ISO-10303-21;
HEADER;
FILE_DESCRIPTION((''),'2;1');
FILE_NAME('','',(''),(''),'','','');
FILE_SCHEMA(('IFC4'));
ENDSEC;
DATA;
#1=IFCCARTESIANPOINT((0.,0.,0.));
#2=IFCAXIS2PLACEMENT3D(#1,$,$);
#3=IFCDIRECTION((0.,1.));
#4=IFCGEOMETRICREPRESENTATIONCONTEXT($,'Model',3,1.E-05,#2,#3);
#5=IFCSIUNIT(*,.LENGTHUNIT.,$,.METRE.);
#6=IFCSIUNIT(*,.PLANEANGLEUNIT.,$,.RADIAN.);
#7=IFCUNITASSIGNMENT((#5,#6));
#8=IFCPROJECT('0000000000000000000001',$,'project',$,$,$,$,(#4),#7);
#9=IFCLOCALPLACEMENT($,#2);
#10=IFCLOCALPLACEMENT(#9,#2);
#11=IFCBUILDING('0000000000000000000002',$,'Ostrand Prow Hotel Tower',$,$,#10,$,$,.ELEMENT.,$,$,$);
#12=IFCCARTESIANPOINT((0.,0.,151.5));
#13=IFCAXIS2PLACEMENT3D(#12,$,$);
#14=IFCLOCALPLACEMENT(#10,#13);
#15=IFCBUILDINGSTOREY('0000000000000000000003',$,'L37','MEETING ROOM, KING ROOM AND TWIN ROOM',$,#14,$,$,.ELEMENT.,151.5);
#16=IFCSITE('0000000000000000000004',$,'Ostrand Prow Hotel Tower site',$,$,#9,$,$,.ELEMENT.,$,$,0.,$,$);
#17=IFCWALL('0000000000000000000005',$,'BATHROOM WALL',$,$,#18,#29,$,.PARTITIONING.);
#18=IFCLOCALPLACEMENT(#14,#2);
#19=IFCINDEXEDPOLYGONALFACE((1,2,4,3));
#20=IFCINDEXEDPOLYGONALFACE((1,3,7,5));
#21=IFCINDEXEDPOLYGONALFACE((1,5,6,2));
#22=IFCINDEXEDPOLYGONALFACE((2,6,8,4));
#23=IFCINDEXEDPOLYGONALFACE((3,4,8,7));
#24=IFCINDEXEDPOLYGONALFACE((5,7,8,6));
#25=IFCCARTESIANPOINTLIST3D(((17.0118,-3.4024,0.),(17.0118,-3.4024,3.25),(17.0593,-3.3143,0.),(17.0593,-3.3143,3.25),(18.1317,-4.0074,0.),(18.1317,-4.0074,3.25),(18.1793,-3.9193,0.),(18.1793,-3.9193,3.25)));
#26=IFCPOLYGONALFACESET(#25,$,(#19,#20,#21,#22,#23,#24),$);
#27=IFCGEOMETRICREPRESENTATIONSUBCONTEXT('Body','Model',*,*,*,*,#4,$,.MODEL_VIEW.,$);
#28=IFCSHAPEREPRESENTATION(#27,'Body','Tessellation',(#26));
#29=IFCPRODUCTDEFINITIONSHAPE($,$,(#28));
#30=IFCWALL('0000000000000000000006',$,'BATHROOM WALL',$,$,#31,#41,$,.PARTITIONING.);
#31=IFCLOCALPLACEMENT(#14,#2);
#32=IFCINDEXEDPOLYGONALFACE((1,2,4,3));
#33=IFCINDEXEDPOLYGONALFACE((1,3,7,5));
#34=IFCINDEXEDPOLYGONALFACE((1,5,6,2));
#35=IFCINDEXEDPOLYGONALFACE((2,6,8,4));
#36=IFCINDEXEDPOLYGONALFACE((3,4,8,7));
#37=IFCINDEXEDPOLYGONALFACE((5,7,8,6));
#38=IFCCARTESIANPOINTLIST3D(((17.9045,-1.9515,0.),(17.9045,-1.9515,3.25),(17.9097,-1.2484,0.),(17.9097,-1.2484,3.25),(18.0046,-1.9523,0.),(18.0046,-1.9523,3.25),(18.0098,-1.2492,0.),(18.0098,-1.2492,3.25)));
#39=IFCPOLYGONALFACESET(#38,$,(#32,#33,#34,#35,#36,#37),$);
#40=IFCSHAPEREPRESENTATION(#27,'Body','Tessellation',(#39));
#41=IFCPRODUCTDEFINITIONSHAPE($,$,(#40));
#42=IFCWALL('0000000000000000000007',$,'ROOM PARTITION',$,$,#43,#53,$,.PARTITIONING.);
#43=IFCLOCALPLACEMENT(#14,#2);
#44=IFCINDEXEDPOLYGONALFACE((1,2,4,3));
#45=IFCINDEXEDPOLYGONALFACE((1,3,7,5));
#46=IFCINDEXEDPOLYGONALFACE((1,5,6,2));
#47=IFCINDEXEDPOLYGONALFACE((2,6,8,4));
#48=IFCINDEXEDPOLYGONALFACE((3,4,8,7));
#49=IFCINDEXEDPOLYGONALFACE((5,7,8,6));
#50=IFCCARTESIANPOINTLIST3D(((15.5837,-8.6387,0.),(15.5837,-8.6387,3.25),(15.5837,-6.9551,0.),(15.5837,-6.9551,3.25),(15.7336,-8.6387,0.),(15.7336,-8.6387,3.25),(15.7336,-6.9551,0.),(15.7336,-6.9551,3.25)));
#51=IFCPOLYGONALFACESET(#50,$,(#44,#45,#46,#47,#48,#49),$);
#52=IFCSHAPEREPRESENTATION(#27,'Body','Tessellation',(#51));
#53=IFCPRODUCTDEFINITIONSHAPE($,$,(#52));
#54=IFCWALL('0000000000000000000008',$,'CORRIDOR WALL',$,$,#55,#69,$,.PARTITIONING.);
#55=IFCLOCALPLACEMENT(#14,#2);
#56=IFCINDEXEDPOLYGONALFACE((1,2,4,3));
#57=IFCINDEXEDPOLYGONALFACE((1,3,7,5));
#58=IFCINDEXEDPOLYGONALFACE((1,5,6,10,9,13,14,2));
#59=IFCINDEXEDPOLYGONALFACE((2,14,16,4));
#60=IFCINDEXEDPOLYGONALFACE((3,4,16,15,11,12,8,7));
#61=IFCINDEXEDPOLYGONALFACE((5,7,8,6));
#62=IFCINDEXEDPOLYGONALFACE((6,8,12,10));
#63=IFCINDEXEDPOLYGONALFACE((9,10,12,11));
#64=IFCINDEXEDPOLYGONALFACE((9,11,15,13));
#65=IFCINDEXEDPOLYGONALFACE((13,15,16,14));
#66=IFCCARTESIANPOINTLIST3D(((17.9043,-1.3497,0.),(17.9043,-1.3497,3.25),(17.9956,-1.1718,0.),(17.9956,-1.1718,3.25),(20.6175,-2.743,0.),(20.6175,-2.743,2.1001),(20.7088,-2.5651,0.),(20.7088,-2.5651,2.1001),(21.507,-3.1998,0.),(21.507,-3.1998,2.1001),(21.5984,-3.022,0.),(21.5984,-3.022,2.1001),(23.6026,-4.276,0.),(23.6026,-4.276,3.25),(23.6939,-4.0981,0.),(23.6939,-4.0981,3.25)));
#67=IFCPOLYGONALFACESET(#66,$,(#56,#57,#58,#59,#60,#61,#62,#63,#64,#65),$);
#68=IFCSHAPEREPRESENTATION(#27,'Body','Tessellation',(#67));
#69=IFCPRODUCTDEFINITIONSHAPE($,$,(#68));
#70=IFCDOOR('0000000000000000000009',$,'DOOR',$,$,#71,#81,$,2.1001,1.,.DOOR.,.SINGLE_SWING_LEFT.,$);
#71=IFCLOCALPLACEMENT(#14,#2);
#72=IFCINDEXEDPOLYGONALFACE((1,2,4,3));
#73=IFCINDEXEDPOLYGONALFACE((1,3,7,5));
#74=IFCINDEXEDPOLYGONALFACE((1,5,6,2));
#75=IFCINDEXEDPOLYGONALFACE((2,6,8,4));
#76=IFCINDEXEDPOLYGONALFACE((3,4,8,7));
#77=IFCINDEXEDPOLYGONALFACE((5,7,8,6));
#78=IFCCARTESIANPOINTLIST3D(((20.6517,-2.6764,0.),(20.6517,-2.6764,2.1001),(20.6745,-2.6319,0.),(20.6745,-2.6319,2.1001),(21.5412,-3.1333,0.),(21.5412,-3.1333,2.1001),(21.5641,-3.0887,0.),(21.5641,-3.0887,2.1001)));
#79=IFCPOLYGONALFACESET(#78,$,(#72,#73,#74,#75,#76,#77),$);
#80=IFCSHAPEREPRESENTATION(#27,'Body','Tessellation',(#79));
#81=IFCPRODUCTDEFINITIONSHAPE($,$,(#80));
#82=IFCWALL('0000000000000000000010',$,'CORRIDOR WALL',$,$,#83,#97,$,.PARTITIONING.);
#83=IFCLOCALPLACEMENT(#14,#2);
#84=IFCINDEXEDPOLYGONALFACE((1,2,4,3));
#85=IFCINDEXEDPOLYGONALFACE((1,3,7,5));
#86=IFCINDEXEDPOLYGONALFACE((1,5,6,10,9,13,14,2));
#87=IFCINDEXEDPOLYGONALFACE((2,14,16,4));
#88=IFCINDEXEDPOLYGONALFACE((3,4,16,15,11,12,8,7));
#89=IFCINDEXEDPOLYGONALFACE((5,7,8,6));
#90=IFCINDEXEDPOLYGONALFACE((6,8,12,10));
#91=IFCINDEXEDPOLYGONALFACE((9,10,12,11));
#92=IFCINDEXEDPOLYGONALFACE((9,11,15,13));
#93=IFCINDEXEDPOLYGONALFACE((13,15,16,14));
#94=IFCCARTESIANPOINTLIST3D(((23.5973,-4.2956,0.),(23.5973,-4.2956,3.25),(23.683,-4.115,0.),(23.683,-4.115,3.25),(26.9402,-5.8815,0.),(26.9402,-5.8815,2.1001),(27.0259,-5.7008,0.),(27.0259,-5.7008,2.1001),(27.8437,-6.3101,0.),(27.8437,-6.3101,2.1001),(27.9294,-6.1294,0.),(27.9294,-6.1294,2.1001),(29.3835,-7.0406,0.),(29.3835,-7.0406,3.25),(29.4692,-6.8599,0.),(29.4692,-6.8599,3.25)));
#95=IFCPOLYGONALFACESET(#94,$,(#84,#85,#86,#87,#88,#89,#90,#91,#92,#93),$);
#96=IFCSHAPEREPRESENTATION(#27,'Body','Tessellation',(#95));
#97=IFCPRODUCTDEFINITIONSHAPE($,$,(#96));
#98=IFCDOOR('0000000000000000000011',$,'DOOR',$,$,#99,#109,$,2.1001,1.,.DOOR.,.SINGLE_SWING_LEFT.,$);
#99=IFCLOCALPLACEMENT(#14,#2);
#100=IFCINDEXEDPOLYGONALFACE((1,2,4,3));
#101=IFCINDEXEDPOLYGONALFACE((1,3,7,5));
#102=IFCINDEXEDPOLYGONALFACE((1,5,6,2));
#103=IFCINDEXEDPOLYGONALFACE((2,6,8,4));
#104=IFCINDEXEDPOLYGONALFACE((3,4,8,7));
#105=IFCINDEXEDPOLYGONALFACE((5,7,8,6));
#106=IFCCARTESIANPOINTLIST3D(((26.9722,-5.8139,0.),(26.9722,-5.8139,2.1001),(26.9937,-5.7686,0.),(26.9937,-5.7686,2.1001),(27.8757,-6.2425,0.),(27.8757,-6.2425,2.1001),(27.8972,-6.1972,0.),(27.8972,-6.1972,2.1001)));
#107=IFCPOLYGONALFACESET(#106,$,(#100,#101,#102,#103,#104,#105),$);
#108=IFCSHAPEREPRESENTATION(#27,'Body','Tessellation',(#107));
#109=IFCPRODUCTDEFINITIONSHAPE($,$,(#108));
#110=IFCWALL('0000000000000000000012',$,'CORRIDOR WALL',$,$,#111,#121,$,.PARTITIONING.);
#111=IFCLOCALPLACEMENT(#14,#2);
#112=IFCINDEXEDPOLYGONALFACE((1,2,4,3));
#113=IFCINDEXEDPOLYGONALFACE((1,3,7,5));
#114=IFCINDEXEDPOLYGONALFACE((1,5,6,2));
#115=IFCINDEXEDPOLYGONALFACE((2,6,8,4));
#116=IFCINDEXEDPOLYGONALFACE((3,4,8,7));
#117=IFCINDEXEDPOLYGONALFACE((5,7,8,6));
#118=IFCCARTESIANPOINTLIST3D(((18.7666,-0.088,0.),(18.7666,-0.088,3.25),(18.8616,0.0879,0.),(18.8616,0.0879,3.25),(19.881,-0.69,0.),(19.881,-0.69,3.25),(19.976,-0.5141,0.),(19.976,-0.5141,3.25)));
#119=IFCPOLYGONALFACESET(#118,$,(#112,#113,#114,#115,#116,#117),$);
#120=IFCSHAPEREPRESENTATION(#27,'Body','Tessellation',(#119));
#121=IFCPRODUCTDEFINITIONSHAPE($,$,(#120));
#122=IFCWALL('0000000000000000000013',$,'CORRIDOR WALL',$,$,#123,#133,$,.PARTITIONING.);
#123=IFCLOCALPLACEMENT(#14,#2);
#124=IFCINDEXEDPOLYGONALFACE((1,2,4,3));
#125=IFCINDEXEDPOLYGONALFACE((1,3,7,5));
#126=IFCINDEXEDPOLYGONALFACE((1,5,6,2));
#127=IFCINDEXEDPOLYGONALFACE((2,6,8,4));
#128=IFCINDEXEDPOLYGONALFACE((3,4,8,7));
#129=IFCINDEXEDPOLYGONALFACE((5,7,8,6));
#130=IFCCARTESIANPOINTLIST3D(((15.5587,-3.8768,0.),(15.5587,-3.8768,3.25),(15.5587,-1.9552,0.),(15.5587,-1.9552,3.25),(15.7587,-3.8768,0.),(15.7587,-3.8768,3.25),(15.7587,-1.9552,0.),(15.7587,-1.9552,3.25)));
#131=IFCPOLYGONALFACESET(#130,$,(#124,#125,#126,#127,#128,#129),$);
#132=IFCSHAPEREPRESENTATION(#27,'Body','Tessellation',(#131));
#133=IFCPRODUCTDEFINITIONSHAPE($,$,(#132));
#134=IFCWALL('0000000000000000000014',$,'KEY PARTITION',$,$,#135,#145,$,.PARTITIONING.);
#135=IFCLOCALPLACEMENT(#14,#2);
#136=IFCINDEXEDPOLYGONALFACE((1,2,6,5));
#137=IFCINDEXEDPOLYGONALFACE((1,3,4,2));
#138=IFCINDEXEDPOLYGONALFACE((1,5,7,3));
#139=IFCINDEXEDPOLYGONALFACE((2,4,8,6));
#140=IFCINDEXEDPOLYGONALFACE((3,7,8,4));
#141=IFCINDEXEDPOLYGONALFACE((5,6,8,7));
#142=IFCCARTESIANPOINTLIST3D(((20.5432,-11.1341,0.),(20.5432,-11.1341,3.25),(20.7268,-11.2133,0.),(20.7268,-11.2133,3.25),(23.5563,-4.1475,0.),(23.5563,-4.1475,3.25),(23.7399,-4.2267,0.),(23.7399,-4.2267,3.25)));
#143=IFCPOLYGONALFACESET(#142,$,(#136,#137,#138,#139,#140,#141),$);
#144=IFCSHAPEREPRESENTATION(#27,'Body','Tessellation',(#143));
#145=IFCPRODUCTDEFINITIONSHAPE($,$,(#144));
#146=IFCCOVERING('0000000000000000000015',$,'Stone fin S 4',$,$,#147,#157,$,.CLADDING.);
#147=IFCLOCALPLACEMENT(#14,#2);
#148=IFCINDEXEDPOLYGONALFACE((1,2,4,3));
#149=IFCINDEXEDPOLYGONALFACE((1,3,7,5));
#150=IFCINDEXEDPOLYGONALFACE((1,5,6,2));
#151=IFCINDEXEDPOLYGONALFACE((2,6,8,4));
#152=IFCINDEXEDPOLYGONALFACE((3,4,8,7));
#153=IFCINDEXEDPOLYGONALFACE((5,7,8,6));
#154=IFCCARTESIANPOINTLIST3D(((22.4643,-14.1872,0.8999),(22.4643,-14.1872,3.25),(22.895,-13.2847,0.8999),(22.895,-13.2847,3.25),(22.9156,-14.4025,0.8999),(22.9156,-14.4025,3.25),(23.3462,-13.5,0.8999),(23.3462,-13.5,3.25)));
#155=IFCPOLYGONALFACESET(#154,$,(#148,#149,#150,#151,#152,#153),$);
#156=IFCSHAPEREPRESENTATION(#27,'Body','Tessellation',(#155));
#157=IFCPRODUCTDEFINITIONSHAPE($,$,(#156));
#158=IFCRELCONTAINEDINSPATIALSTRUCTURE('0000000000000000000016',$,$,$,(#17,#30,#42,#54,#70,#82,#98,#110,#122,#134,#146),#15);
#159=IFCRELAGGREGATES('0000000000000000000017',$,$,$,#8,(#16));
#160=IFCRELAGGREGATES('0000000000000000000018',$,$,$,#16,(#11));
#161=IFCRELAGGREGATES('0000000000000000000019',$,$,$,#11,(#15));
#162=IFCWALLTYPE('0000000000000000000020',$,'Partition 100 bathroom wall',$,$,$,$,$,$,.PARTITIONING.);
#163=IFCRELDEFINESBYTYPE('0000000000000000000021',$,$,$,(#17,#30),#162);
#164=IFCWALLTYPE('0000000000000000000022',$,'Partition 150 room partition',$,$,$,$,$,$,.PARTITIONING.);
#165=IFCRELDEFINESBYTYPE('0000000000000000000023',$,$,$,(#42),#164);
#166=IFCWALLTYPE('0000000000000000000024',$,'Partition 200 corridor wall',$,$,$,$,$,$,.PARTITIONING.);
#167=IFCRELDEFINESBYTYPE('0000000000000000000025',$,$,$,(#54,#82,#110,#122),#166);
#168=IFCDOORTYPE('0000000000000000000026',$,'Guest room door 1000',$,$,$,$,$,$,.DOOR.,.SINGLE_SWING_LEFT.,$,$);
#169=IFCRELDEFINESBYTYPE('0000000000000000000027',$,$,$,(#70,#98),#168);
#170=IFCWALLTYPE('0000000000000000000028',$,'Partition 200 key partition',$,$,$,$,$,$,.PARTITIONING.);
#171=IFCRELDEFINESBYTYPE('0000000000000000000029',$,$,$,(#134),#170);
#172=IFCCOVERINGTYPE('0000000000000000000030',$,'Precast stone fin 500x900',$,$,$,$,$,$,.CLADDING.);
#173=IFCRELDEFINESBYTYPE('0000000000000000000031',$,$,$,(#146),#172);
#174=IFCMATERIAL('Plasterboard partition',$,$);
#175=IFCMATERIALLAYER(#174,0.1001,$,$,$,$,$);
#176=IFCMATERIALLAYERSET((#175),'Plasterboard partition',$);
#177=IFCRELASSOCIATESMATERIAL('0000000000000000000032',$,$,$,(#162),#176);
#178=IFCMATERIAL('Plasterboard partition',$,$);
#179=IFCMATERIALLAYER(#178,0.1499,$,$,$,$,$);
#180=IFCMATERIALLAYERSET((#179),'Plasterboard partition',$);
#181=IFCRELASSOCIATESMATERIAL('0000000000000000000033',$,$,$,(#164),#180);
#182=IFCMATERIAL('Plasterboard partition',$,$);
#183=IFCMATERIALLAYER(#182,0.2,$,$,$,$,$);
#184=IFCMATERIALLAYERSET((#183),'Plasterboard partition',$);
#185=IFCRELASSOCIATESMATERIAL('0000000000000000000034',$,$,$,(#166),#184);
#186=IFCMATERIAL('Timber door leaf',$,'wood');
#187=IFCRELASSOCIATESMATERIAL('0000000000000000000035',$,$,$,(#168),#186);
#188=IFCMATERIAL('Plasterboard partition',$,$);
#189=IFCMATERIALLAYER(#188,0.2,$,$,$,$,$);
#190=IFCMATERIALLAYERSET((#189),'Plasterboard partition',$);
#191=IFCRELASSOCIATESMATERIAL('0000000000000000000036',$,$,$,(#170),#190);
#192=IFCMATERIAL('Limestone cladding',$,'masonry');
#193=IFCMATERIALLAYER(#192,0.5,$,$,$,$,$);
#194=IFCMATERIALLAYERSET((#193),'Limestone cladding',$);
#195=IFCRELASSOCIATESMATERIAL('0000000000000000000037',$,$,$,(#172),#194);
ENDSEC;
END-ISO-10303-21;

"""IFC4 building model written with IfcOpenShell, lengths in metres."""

from ifc_helpers import new_model, si_unit, direction, frame, frame_2d, origin, place, context, subcontext, project, spatial, rectangle, extrude, material, layer, layer_set, type_object, element, fill, save


model = new_model("IFC4")

# Units and contexts
model_context = context("Model", 3, precision=1e-05, world=origin(), true_north=direction((0.0, 1.0)))
body_context = subcontext(model_context, "Body", "Model", "MODEL_VIEW")
ifc_project = project(units=[si_unit("LENGTHUNIT", "METRE"), si_unit("PLANEANGLEUNIT", "RADIAN")], contexts=[model_context])

# Site, building, storey
site_placement = place(None, origin())
site = spatial("IfcSite", under=ifc_project, at=site_placement, Name="Ostrand Prow Hotel Tower site", CompositionType="ELEMENT", RefElevation=0.0)
building_placement = place(site_placement, origin())
building = spatial("IfcBuilding", under=site, at=building_placement, Name="Ostrand Prow Hotel Tower", CompositionType="ELEMENT")
storey_placement = place(building_placement, frame((0.0, 0.0, 151.5)))
storey = spatial("IfcBuildingStorey", under=building, at=storey_placement, Name="L37", Description="MEETING ROOM, KING ROOM AND TWIN ROOM", CompositionType="ELEMENT", Elevation=151.5)

# Shared definitions
ifc_material_1 = material(Name="Plasterboard partition")
ifc_layer_1 = layer(ifc_material_1, 0.1001)
ifc_layer_set_1 = layer_set([ifc_layer_1], Name="Plasterboard partition")
wall_type_1 = type_object("IfcWallType", Name="Partition 100 bathroom wall", PredefinedType="PARTITIONING", material=ifc_layer_set_1)

# Walls
wall_1_placement = place(storey_placement, frame((18.1555, -3.9634, 0.0), z_axis=(0.0, 0.0, 1.0), x_axis=(-0.879824, 0.4753, 0.0)))
element("IfcWall", 1, at=wall_1_placement, inside=storey, type_object=wall_type_1, Name="BATHROOM WALL", PredefinedType="PARTITIONING", context=body_context, shape_type="SweptSolid", body=[
    extrude(rectangle(XDim=1.2729, YDim=0.1001, at=frame_2d((0.6365, 0.0))), origin(), (0.0, 0.0, 1.0), 3.25),
])
wall_2_placement = place(storey_placement, frame((17.9546, -1.9519, 0.0), z_axis=(0.0, 0.0, 1.0), x_axis=(0.007291, 0.999973, 0.0)))
element("IfcWall", 2, at=wall_2_placement, inside=storey, type_object=wall_type_1, Name="BATHROOM WALL", PredefinedType="PARTITIONING", context=body_context, shape_type="SweptSolid", body=[
    extrude(rectangle(XDim=0.7031, YDim=0.1001, at=frame_2d((0.3516, 0.0))), origin(), (0.0, 0.0, 1.0), 3.25),
])
ifc_material_2 = material(Name="Plasterboard partition")
ifc_layer_2 = layer(ifc_material_2, 0.1499)
ifc_layer_set_2 = layer_set([ifc_layer_2], Name="Plasterboard partition")
wall_type_2 = type_object("IfcWallType", Name="Partition 150 room partition", PredefinedType="PARTITIONING", material=ifc_layer_set_2)
wall_3_placement = place(storey_placement, frame((15.6587, -6.9551, 0.0), z_axis=(0.0, 0.0, 1.0), x_axis=(0.0, -1.0, 0.0)))
element("IfcWall", 3, at=wall_3_placement, inside=storey, type_object=wall_type_2, Name="ROOM PARTITION", PredefinedType="PARTITIONING", context=body_context, shape_type="SweptSolid", body=[
    extrude(rectangle(XDim=1.6836, YDim=0.1499, at=frame_2d((0.8418, 0.0))), origin(), (0.0, 0.0, 1.0), 3.25),
])

# Walls, openings, doors
ifc_material_3 = material(Name="Plasterboard partition")
ifc_layer_3 = layer(ifc_material_3, 0.2)
ifc_layer_set_3 = layer_set([ifc_layer_3], Name="Plasterboard partition")
wall_type_3 = type_object("IfcWallType", Name="Partition 200 corridor wall", PredefinedType="PARTITIONING", material=ifc_layer_set_3)
wall_4_placement = place(storey_placement, frame((17.95, -1.2607, 0.0), z_axis=(0.0, 0.0, 1.0), x_axis=(0.889558, -0.456823, 0.0)))
wall_4 = element("IfcWall", 4, at=wall_4_placement, inside=storey, type_object=wall_type_3, Name="CORRIDOR WALL", PredefinedType="PARTITIONING", context=body_context, shape_type="SweptSolid", body=[
    extrude(rectangle(XDim=6.4058, YDim=0.2, at=frame_2d((3.2029, 0.0))), origin(), (0.0, 0.0, 1.0), 3.25),
])
opening_1_placement = place(wall_4_placement, frame((3.05, 0.0, 0.0)))
opening_1 = element("IfcOpeningElement", 5, at=opening_1_placement, cuts=wall_4, PredefinedType="OPENING", context=body_context, shape_type="SweptSolid", body=[
    extrude(rectangle(XDim=1.0, YDim=2.1001, at=frame_2d((0.5, 1.05))), frame((0.0, 0.1099, 0.0), z_axis=(0.0, -1.0, 0.0), x_axis=(1.0, 0.0, 0.0)), (0.0, 0.0, 1.0), 0.22),
])
ifc_material_4 = material(Name="Timber door leaf", Category="wood")
door_type_1 = type_object("IfcDoorType", Name="Guest room door 1000", OperationType="SINGLE_SWING_LEFT", PredefinedType="DOOR", material=ifc_material_4)
door_1_placement = place(opening_1_placement, origin())
door_1 = element("IfcDoor", 6, at=door_1_placement, inside=storey, type_object=door_type_1, Name="DOOR", OperationType="SINGLE_SWING_LEFT", OverallHeight=2.1001, OverallWidth=1.0, PredefinedType="DOOR", context=body_context, shape_type="SweptSolid", body=[
    extrude(rectangle(XDim=1.0, YDim=2.1001, at=frame_2d((0.5, 1.05))), frame((0.0, 0.0249, 0.0), z_axis=(0.0, -1.0, 0.0), x_axis=(1.0, 0.0, 0.0)), (0.0, 0.0, 1.0), 0.05),
])
fill(opening_1, door_1)
wall_5_placement = place(storey_placement, frame((23.6401, -4.2053, 0.0), z_axis=(0.0, 0.0, 1.0), x_axis=(0.903492, -0.428606, 0.0)))
wall_5 = element("IfcWall", 7, at=wall_5_placement, inside=storey, type_object=wall_type_3, Name="CORRIDOR WALL", PredefinedType="PARTITIONING", context=body_context, shape_type="SweptSolid", body=[
    extrude(rectangle(XDim=6.4043, YDim=0.2, at=frame_2d((3.2021, 0.0))), origin(), (0.0, 0.0, 1.0), 3.25),
])
opening_2_placement = place(wall_5_placement, frame((3.7, 0.0, 0.0)))
opening_2 = element("IfcOpeningElement", 8, at=opening_2_placement, cuts=wall_5, PredefinedType="OPENING", context=body_context, shape_type="SweptSolid", body=[
    extrude(rectangle(XDim=1.0, YDim=2.1001, at=frame_2d((0.5, 1.05))), frame((0.0, 0.1099, 0.0), z_axis=(0.0, -1.0, 0.0), x_axis=(1.0, 0.0, 0.0)), (0.0, 0.0, 1.0), 0.22),
])
door_2_placement = place(opening_2_placement, origin())
door_2 = element("IfcDoor", 9, at=door_2_placement, inside=storey, type_object=door_type_1, Name="DOOR", OperationType="SINGLE_SWING_LEFT", OverallHeight=2.1001, OverallWidth=1.0, PredefinedType="DOOR", context=body_context, shape_type="SweptSolid", body=[
    extrude(rectangle(XDim=1.0, YDim=2.1001, at=frame_2d((0.5, 1.05))), frame((0.0, 0.0249, 0.0), z_axis=(0.0, -1.0, 0.0), x_axis=(1.0, 0.0, 0.0)), (0.0, 0.0, 1.0), 0.05),
])
fill(opening_2, door_2)

# Walls
wall_6_placement = place(storey_placement, frame((19.9285, -0.6021, 0.0), z_axis=(0.0, 0.0, 1.0), x_axis=(-0.879833, 0.475283, 0.0)))
element("IfcWall", 10, at=wall_6_placement, inside=storey, type_object=wall_type_3, Name="CORRIDOR WALL", PredefinedType="PARTITIONING", context=body_context, shape_type="SweptSolid", body=[
    extrude(rectangle(XDim=1.2666, YDim=0.2, at=frame_2d((0.6333, 0.0))), origin(), (0.0, 0.0, 1.0), 3.25),
])
wall_7_placement = place(storey_placement, frame((15.6587, -1.9551, 0.0), z_axis=(0.0, 0.0, 1.0), x_axis=(0.0, -1.0, 0.0)))
element("IfcWall", 11, at=wall_7_placement, inside=storey, type_object=wall_type_3, Name="CORRIDOR WALL", PredefinedType="PARTITIONING", context=body_context, shape_type="SweptSolid", body=[
    extrude(rectangle(XDim=1.9216, YDim=0.2, at=frame_2d((0.9609, 0.0))), origin(), (0.0, 0.0, 1.0), 3.25),
])
ifc_material_5 = material(Name="Plasterboard partition")
ifc_layer_4 = layer(ifc_material_5, 0.2)
ifc_layer_set_4 = layer_set([ifc_layer_4], Name="Plasterboard partition")
wall_type_4 = type_object("IfcWallType", Name="Partition 200 key partition", PredefinedType="PARTITIONING", material=ifc_layer_set_4)
wall_8_placement = place(storey_placement, frame((20.635, -11.1736, 0.0), z_axis=(0.0, 0.0, 1.0), x_axis=(0.396021, 0.918241, 0.0)))
element("IfcWall", 12, at=wall_8_placement, inside=storey, type_object=wall_type_4, Name="KEY PARTITION", PredefinedType="PARTITIONING", context=body_context, shape_type="SweptSolid", body=[
    extrude(rectangle(XDim=7.6086, YDim=0.2, at=frame_2d((3.8042, 0.0))), origin(), (0.0, 0.0, 1.0), 3.25),
])

# Covering
ifc_material_6 = material(Name="Limestone cladding", Category="masonry")
ifc_layer_5 = layer(ifc_material_6, 0.5)
ifc_layer_set_5 = layer_set([ifc_layer_5], Name="Limestone cladding")
covering_type = type_object("IfcCoveringType", Name="Precast stone fin 500x900", PredefinedType="CLADDING", material=ifc_layer_set_5)
covering_placement = place(storey_placement, frame((23.1206, -13.3923, 0.8999), z_axis=(0.0, 0.0, 1.0), x_axis=(-0.430635, -0.902526, 0.0)))
element("IfcCovering", 13, at=covering_placement, inside=storey, type_object=covering_type, Name="Stone fin S 4", PredefinedType="CLADDING", context=body_context, shape_type="SweptSolid", body=[
    extrude(rectangle(XDim=1.0, YDim=0.5, at=frame_2d((0.5, 0.0))), origin(), (0.0, 0.0, 1.0), 2.3501),
])

save(model, "model.ifc")
